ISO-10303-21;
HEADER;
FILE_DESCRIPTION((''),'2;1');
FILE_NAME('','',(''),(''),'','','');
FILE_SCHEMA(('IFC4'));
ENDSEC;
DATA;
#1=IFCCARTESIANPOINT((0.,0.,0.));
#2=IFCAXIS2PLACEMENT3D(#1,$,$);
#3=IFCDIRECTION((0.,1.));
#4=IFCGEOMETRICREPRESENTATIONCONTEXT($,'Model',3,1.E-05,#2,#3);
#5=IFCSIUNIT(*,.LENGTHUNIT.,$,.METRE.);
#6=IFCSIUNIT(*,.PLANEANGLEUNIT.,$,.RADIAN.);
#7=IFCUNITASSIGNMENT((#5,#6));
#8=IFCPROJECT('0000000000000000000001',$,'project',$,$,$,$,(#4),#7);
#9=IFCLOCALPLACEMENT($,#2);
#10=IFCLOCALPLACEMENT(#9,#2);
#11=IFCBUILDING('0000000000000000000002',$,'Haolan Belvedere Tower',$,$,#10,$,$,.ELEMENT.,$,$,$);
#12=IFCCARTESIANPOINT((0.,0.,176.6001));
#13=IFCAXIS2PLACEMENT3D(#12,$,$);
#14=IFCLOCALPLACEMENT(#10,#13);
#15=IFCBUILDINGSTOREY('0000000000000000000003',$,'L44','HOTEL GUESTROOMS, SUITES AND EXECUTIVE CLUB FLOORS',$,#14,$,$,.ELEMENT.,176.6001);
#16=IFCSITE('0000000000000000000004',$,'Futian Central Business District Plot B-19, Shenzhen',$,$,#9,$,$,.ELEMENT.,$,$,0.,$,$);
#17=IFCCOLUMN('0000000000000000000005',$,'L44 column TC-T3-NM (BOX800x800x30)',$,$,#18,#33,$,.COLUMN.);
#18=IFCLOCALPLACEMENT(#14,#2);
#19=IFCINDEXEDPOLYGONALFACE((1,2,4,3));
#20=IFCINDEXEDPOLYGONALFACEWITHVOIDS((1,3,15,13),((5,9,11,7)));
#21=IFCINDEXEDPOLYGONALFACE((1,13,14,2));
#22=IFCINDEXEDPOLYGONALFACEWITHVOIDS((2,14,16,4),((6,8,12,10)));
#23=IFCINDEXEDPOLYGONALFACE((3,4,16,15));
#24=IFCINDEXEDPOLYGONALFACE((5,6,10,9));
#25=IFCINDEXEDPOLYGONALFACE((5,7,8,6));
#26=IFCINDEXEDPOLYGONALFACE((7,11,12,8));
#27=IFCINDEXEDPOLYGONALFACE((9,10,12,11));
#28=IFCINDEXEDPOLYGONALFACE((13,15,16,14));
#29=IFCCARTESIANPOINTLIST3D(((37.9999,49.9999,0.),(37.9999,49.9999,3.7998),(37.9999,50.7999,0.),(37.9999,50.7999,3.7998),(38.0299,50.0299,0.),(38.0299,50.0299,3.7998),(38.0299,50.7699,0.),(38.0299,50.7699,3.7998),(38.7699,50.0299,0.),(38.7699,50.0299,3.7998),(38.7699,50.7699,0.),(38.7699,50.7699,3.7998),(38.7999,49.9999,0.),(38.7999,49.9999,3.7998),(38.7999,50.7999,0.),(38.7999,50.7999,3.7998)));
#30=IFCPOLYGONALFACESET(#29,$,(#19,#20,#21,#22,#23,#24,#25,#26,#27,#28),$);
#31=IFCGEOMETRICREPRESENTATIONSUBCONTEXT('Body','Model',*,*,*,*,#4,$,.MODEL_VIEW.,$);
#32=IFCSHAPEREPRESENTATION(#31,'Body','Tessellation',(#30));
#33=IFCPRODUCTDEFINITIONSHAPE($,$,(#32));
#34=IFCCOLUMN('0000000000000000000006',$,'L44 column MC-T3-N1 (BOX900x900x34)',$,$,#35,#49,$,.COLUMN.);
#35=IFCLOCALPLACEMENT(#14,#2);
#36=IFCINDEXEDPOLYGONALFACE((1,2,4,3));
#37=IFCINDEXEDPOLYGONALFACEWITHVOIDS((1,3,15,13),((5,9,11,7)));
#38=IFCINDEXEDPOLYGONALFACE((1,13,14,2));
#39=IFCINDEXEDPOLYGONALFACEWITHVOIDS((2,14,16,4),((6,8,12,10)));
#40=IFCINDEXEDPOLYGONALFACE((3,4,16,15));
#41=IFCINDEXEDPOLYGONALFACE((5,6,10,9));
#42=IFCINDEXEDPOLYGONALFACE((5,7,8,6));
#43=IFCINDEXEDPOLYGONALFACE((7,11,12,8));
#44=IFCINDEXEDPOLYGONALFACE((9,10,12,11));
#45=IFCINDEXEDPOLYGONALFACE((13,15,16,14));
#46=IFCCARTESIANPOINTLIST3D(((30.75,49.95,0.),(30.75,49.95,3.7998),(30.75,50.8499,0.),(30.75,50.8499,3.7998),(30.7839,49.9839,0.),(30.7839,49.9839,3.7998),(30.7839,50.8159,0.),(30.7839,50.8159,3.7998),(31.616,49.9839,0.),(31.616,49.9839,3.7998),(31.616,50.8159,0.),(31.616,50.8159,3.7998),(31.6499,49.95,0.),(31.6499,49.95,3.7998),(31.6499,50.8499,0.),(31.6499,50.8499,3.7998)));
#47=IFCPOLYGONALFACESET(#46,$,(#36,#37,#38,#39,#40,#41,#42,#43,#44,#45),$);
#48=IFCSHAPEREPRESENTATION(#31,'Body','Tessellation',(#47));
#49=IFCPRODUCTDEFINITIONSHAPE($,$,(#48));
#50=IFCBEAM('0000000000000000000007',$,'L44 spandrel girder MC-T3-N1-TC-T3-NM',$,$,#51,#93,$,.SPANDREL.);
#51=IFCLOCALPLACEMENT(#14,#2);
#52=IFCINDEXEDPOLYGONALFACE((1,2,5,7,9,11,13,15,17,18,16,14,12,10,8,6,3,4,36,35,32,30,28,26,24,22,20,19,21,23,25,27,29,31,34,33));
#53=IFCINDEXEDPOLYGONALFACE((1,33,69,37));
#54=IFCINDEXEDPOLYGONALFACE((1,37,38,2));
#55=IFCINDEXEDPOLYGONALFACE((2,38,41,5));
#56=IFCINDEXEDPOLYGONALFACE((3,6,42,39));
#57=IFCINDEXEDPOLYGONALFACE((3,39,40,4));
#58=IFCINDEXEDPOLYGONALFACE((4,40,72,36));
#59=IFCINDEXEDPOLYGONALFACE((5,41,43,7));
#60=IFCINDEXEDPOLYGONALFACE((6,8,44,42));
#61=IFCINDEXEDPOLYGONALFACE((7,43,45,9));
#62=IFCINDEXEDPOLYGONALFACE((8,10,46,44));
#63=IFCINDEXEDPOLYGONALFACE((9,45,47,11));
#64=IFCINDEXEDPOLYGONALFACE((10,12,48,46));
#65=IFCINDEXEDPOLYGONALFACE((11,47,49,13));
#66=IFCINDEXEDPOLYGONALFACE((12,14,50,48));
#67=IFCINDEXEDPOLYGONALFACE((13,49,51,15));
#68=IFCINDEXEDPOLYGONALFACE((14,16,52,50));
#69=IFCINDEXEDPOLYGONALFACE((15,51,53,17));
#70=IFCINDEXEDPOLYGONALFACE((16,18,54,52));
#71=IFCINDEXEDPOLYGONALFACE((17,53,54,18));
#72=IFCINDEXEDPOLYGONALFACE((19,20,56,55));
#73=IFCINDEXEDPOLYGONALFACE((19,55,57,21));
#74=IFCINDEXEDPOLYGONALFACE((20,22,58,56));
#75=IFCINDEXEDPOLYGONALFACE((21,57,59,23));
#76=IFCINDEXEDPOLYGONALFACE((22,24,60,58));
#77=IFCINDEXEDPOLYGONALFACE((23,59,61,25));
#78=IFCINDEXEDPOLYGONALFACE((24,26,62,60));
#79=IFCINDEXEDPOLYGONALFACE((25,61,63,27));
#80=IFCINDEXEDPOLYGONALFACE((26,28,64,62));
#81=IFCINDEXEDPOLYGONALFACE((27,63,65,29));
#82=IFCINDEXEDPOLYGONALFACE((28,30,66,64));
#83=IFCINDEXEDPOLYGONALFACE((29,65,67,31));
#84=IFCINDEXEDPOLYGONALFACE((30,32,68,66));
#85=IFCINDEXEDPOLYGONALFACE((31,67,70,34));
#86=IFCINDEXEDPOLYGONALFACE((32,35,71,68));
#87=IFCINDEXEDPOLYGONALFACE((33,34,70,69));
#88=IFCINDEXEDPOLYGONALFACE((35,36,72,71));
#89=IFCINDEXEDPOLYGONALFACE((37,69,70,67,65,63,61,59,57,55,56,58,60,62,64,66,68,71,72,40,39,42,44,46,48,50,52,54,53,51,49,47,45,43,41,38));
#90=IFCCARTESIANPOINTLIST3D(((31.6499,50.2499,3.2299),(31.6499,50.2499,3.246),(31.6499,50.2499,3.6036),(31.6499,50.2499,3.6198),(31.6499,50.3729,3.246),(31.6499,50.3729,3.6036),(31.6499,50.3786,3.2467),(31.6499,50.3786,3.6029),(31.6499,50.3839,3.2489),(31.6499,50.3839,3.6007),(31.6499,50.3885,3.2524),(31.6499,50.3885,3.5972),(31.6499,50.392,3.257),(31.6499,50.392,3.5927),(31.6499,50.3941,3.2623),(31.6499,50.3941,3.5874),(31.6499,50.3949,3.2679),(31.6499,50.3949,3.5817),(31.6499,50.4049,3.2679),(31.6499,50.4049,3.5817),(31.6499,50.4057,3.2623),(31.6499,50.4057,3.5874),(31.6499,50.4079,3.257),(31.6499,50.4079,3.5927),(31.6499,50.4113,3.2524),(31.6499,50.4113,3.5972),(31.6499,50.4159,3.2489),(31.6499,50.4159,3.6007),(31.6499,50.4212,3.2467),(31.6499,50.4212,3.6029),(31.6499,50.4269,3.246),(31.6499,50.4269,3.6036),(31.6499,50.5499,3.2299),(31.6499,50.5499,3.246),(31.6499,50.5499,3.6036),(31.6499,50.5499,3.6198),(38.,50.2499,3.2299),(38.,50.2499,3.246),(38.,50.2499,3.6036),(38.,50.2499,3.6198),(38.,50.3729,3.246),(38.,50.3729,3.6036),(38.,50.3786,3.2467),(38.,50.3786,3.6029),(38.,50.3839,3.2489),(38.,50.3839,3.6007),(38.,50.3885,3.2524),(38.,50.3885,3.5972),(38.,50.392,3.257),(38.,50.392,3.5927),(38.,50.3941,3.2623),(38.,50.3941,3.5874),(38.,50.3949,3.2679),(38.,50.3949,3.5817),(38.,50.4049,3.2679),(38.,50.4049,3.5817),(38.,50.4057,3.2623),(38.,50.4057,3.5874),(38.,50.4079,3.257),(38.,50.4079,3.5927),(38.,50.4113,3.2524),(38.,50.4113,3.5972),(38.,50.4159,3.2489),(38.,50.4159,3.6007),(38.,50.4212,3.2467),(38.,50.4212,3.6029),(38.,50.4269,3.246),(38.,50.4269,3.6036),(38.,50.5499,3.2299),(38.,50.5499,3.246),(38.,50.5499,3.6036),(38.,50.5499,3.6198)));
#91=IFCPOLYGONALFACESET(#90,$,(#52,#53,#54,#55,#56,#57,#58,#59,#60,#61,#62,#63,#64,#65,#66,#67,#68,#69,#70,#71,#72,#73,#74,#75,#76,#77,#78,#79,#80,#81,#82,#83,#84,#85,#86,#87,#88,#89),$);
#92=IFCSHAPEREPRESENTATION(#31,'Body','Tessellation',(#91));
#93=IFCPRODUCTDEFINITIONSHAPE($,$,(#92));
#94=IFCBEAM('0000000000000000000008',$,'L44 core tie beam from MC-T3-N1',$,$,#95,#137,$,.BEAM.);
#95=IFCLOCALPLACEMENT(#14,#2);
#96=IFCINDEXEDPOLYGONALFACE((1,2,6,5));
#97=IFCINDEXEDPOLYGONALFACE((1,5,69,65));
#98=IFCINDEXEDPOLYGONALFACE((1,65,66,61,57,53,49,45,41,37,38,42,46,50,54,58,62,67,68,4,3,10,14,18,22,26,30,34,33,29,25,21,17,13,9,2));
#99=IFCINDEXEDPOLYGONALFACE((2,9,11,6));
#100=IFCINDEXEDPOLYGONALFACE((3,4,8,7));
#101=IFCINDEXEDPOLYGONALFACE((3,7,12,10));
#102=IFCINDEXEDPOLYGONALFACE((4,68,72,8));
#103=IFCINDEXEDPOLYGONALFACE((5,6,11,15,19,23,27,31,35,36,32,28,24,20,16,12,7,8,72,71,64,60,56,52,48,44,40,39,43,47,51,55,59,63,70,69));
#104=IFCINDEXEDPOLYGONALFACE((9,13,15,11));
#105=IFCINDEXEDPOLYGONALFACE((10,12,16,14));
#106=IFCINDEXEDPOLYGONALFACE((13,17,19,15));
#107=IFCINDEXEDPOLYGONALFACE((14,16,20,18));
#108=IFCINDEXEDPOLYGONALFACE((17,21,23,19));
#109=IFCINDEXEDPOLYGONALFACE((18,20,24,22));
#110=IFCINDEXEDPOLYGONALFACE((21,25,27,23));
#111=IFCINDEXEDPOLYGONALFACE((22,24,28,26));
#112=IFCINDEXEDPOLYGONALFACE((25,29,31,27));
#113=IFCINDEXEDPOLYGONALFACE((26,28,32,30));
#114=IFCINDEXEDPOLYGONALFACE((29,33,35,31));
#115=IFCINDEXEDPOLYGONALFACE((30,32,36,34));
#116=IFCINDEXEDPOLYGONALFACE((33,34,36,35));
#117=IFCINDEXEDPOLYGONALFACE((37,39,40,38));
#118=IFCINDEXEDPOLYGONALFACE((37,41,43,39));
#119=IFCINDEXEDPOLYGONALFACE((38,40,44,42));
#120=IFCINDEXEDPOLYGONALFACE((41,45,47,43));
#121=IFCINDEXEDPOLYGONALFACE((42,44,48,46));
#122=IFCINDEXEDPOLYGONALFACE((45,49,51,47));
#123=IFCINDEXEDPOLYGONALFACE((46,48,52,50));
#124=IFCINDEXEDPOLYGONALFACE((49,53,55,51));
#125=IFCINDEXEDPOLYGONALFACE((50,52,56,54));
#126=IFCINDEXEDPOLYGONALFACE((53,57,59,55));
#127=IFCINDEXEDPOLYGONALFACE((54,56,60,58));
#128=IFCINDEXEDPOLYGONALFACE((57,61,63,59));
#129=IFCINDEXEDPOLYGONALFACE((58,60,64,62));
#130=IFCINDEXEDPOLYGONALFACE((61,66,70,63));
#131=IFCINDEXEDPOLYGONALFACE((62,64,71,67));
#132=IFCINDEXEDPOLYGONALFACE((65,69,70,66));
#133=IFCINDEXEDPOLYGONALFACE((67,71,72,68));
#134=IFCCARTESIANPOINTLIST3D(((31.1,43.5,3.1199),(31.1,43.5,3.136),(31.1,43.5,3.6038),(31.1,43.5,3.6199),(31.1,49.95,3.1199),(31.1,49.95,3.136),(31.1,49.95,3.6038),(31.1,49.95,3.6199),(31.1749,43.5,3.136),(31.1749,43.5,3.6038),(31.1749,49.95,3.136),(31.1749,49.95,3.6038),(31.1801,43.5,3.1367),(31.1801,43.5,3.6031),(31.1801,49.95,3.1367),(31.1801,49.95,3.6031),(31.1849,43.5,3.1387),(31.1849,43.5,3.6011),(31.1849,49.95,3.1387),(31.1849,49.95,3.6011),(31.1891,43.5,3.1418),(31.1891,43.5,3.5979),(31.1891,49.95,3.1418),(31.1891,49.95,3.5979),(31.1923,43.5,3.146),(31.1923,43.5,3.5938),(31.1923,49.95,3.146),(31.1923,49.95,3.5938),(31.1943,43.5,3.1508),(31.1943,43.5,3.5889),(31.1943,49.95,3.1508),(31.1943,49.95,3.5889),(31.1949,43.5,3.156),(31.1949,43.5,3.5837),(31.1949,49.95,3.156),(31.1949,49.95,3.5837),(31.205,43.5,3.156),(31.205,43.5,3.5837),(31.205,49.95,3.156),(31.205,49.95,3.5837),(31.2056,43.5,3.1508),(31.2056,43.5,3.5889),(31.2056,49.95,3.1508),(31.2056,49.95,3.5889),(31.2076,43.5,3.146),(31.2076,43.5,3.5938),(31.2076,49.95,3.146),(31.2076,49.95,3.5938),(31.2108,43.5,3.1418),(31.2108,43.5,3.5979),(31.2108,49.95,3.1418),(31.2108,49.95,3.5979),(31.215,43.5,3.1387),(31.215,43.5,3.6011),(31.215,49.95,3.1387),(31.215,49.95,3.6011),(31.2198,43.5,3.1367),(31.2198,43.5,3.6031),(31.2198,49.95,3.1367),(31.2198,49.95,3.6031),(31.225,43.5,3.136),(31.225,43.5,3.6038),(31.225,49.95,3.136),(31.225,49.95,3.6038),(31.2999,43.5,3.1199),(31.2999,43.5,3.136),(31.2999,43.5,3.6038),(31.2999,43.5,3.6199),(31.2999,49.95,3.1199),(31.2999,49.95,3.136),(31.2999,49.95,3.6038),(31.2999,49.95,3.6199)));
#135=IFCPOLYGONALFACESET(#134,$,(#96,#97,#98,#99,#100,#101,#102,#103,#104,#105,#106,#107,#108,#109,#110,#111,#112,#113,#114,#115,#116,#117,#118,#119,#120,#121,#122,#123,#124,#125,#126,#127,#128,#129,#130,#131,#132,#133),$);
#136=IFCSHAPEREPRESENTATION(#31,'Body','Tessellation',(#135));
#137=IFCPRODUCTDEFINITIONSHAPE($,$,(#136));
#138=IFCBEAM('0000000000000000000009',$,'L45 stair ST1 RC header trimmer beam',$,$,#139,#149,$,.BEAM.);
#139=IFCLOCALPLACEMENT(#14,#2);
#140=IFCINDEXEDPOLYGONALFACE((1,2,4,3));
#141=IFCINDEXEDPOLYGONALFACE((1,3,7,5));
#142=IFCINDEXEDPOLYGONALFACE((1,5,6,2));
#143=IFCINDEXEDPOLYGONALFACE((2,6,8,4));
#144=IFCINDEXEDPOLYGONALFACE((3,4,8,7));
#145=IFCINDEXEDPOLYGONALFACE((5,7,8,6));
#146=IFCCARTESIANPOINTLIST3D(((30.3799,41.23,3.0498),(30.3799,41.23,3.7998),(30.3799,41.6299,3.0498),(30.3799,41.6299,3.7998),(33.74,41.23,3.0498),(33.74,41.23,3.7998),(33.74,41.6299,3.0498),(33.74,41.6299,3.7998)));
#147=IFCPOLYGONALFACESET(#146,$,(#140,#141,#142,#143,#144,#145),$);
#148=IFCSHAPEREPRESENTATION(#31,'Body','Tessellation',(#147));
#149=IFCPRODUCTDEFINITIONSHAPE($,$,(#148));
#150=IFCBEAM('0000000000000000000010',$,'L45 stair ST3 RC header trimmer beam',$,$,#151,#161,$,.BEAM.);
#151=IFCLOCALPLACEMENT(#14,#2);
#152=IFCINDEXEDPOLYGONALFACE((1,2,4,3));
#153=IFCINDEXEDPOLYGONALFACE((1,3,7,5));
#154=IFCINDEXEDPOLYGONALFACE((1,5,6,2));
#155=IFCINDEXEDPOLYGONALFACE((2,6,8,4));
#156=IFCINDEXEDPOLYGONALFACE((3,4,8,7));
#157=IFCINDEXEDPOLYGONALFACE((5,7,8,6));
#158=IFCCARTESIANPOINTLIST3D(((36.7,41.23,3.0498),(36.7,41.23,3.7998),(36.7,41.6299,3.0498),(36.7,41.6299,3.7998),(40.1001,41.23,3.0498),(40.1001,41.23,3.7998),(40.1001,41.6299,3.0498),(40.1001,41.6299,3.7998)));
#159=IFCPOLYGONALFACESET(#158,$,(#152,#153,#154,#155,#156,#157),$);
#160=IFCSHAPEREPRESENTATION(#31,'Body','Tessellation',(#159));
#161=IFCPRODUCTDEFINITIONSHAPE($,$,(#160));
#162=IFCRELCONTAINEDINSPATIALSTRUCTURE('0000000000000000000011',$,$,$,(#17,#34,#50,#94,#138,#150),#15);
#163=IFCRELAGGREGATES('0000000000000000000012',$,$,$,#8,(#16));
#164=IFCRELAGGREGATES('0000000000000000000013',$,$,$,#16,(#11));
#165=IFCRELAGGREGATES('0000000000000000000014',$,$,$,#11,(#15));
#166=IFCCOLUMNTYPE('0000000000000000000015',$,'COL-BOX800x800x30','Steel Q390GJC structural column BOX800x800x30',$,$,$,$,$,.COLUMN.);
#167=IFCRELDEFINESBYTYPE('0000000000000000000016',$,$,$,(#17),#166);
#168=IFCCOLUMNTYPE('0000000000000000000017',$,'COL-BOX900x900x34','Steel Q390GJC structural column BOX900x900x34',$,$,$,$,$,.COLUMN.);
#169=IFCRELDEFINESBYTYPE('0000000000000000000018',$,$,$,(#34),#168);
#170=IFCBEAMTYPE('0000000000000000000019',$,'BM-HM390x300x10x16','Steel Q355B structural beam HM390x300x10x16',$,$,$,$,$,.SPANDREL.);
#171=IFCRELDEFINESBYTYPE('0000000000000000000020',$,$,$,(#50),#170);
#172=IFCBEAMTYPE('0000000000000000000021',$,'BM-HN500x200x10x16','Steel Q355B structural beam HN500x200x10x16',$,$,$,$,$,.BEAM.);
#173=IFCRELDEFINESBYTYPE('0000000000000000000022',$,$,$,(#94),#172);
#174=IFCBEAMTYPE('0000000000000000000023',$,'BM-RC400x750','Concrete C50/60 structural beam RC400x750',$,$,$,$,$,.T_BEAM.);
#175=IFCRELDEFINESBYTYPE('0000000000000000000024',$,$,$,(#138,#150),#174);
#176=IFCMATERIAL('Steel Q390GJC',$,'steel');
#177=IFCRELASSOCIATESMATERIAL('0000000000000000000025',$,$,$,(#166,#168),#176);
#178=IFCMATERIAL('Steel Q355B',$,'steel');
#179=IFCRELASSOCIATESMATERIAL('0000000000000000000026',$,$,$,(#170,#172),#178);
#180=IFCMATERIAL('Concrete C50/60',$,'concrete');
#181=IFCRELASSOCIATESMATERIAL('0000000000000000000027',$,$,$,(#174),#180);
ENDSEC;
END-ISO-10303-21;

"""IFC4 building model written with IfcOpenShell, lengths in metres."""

from ifc_helpers import new_model, si_unit, direction, frame, origin, origin_2d, place, context, subcontext, project, spatial, rectangle, hollow_rectangle, i_section, extrude, material, material_profile, profile_set, type_object, element, save


model = new_model("IFC4")

# Units and contexts
model_context = context("Model", 3, precision=1e-05, world=origin(), true_north=direction((0.0, 1.0)))
body_context = subcontext(model_context, "Body", "Model", "MODEL_VIEW")
ifc_project = project(units=[si_unit("LENGTHUNIT", "METRE"), si_unit("PLANEANGLEUNIT", "RADIAN")], contexts=[model_context])

# Site, building, storey
site_placement = place(None, origin())
site = spatial("IfcSite", under=ifc_project, at=site_placement, Name="Futian Central Business District Plot B-19, Shenzhen", CompositionType="ELEMENT", RefElevation=0.0)
building_placement = place(site_placement, origin())
building = spatial("IfcBuilding", under=site, at=building_placement, Name="Haolan Belvedere Tower", CompositionType="ELEMENT")
storey_placement = place(building_placement, frame((0.0, 0.0, 176.6001)))
storey = spatial("IfcBuildingStorey", under=building, at=storey_placement, Name="L44", Description="HOTEL GUESTROOMS, SUITES AND EXECUTIVE CLUB FLOORS", CompositionType="ELEMENT", Elevation=176.6001)

# Columns
ifc_material_1 = material(Name="Steel Q390GJC", Category="steel")
ifc_material_profile_1 = material_profile(ifc_material_1, hollow_rectangle(XDim=0.8, YDim=0.8, WallThickness=0.03, at=origin_2d()), Name="Steel Q390GJC")
ifc_profile_set_1 = profile_set([ifc_material_profile_1], Name="Steel Q390GJC")
column_type_1 = type_object("IfcColumnType", Name="COL-BOX800x800x30", Description="Steel Q390GJC structural column BOX800x800x30", PredefinedType="COLUMN", material=ifc_profile_set_1)
column_1_placement = place(storey_placement, frame((38.3999, 50.3999, 0.0), z_axis=(0.0, 0.0, 1.0), x_axis=(1.0, 0.0, 0.0)))
element("IfcColumn", 1, at=column_1_placement, inside=storey, type_object=column_type_1, Name="L44 column TC-T3-NM (BOX800x800x30)", PredefinedType="COLUMN", context=body_context, shape_type="SweptSolid", body=[
    extrude(hollow_rectangle(XDim=0.8, YDim=0.8, WallThickness=0.03, at=origin_2d()), origin(), (0.0, 0.0, 1.0), 3.7998),
])
ifc_material_profile_2 = material_profile(ifc_material_1, hollow_rectangle(XDim=0.8999, YDim=0.8999, WallThickness=0.0339, at=origin_2d()), Name="Steel Q390GJC")
ifc_profile_set_2 = profile_set([ifc_material_profile_2], Name="Steel Q390GJC")
column_type_2 = type_object("IfcColumnType", Name="COL-BOX900x900x34", Description="Steel Q390GJC structural column BOX900x900x34", PredefinedType="COLUMN", material=ifc_profile_set_2)
column_2_placement = place(storey_placement, frame((31.2, 50.3999, 0.0), z_axis=(0.0, 0.0, 1.0), x_axis=(1.0, 0.0, 0.0)))
element("IfcColumn", 2, at=column_2_placement, inside=storey, type_object=column_type_2, Name="L44 column MC-T3-N1 (BOX900x900x34)", PredefinedType="COLUMN", context=body_context, shape_type="SweptSolid", body=[
    extrude(hollow_rectangle(XDim=0.8999, YDim=0.8999, WallThickness=0.0339, at=origin_2d()), origin(), (0.0, 0.0, 1.0), 3.7998),
])

# Beams
ifc_material_2 = material(Name="Steel Q355B", Category="steel")
ifc_material_profile_3 = material_profile(ifc_material_2, i_section(OverallWidth=0.3, OverallDepth=0.3899, WebThickness=0.01, FlangeThickness=0.0161, FilletRadius=0.022, at=origin_2d()), Name="Steel Q355B")
ifc_profile_set_3 = profile_set([ifc_material_profile_3], Name="Steel Q355B")
beam_type_1 = type_object("IfcBeamType", Name="BM-HM390x300x10x16", Description="Steel Q355B structural beam HM390x300x10x16", PredefinedType="SPANDREL", material=ifc_profile_set_3)
beam_1_placement = place(storey_placement, frame((31.6499, 50.3999, 3.4248), z_axis=(1.0, 0.0, 0.0), x_axis=(0.0, 1.0, 0.0)))
element("IfcBeam", 3, at=beam_1_placement, inside=storey, type_object=beam_type_1, Name="L44 spandrel girder MC-T3-N1-TC-T3-NM", PredefinedType="SPANDREL", context=body_context, shape_type="SweptSolid", body=[
    extrude(i_section(OverallWidth=0.3, OverallDepth=0.3899, WebThickness=0.01, FlangeThickness=0.0161, FilletRadius=0.022, at=origin_2d()), origin(), (0.0, 0.0, 1.0), 6.3501),
])
ifc_material_profile_4 = material_profile(ifc_material_2, i_section(OverallWidth=0.2, OverallDepth=0.5, WebThickness=0.01, FlangeThickness=0.0161, FilletRadius=0.02, at=origin_2d()), Name="Steel Q355B")
ifc_profile_set_4 = profile_set([ifc_material_profile_4], Name="Steel Q355B")
beam_type_2 = type_object("IfcBeamType", Name="BM-HN500x200x10x16", Description="Steel Q355B structural beam HN500x200x10x16", PredefinedType="BEAM", material=ifc_profile_set_4)
beam_2_placement = place(storey_placement, frame((31.2, 49.95, 3.3699), z_axis=(0.0, -1.0, 0.0), x_axis=(1.0, 0.0, 0.0)))
element("IfcBeam", 4, at=beam_2_placement, inside=storey, type_object=beam_type_2, Name="L44 core tie beam from MC-T3-N1", PredefinedType="BEAM", context=body_context, shape_type="SweptSolid", body=[
    extrude(i_section(OverallWidth=0.2, OverallDepth=0.5, WebThickness=0.01, FlangeThickness=0.0161, FilletRadius=0.02, at=origin_2d()), origin(), (0.0, 0.0, 1.0), 6.45),
])
ifc_material_3 = material(Name="Concrete C50/60", Category="concrete")
ifc_material_profile_5 = material_profile(ifc_material_3, rectangle(XDim=0.3999, YDim=0.75, at=origin_2d()), Name="Concrete C50/60")
ifc_profile_set_5 = profile_set([ifc_material_profile_5], Name="Concrete C50/60")
beam_type_3 = type_object("IfcBeamType", Name="BM-RC400x750", Description="Concrete C50/60 structural beam RC400x750", PredefinedType="T_BEAM", material=ifc_profile_set_5)
beam_3_placement = place(storey_placement, frame((30.3799, 41.4299, 3.4248), z_axis=(1.0, 0.0, 0.0), x_axis=(0.0, 1.0, 0.0)))
element("IfcBeam", 5, at=beam_3_placement, inside=storey, type_object=beam_type_3, Name="L45 stair ST1 RC header trimmer beam", PredefinedType="BEAM", context=body_context, shape_type="SweptSolid", body=[
    extrude(rectangle(XDim=0.3999, YDim=0.75, at=origin_2d()), origin(), (0.0, 0.0, 1.0), 3.3601),
])
beam_4_placement = place(storey_placement, frame((36.7, 41.4299, 3.4248), z_axis=(1.0, 0.0, 0.0), x_axis=(0.0, 1.0, 0.0)))
element("IfcBeam", 6, at=beam_4_placement, inside=storey, type_object=beam_type_3, Name="L45 stair ST3 RC header trimmer beam", PredefinedType="BEAM", context=body_context, shape_type="SweptSolid", body=[
    extrude(rectangle(XDim=0.3999, YDim=0.75, at=origin_2d()), origin(), (0.0, 0.0, 1.0), 3.4001),
])

save(model, "model.ifc")
